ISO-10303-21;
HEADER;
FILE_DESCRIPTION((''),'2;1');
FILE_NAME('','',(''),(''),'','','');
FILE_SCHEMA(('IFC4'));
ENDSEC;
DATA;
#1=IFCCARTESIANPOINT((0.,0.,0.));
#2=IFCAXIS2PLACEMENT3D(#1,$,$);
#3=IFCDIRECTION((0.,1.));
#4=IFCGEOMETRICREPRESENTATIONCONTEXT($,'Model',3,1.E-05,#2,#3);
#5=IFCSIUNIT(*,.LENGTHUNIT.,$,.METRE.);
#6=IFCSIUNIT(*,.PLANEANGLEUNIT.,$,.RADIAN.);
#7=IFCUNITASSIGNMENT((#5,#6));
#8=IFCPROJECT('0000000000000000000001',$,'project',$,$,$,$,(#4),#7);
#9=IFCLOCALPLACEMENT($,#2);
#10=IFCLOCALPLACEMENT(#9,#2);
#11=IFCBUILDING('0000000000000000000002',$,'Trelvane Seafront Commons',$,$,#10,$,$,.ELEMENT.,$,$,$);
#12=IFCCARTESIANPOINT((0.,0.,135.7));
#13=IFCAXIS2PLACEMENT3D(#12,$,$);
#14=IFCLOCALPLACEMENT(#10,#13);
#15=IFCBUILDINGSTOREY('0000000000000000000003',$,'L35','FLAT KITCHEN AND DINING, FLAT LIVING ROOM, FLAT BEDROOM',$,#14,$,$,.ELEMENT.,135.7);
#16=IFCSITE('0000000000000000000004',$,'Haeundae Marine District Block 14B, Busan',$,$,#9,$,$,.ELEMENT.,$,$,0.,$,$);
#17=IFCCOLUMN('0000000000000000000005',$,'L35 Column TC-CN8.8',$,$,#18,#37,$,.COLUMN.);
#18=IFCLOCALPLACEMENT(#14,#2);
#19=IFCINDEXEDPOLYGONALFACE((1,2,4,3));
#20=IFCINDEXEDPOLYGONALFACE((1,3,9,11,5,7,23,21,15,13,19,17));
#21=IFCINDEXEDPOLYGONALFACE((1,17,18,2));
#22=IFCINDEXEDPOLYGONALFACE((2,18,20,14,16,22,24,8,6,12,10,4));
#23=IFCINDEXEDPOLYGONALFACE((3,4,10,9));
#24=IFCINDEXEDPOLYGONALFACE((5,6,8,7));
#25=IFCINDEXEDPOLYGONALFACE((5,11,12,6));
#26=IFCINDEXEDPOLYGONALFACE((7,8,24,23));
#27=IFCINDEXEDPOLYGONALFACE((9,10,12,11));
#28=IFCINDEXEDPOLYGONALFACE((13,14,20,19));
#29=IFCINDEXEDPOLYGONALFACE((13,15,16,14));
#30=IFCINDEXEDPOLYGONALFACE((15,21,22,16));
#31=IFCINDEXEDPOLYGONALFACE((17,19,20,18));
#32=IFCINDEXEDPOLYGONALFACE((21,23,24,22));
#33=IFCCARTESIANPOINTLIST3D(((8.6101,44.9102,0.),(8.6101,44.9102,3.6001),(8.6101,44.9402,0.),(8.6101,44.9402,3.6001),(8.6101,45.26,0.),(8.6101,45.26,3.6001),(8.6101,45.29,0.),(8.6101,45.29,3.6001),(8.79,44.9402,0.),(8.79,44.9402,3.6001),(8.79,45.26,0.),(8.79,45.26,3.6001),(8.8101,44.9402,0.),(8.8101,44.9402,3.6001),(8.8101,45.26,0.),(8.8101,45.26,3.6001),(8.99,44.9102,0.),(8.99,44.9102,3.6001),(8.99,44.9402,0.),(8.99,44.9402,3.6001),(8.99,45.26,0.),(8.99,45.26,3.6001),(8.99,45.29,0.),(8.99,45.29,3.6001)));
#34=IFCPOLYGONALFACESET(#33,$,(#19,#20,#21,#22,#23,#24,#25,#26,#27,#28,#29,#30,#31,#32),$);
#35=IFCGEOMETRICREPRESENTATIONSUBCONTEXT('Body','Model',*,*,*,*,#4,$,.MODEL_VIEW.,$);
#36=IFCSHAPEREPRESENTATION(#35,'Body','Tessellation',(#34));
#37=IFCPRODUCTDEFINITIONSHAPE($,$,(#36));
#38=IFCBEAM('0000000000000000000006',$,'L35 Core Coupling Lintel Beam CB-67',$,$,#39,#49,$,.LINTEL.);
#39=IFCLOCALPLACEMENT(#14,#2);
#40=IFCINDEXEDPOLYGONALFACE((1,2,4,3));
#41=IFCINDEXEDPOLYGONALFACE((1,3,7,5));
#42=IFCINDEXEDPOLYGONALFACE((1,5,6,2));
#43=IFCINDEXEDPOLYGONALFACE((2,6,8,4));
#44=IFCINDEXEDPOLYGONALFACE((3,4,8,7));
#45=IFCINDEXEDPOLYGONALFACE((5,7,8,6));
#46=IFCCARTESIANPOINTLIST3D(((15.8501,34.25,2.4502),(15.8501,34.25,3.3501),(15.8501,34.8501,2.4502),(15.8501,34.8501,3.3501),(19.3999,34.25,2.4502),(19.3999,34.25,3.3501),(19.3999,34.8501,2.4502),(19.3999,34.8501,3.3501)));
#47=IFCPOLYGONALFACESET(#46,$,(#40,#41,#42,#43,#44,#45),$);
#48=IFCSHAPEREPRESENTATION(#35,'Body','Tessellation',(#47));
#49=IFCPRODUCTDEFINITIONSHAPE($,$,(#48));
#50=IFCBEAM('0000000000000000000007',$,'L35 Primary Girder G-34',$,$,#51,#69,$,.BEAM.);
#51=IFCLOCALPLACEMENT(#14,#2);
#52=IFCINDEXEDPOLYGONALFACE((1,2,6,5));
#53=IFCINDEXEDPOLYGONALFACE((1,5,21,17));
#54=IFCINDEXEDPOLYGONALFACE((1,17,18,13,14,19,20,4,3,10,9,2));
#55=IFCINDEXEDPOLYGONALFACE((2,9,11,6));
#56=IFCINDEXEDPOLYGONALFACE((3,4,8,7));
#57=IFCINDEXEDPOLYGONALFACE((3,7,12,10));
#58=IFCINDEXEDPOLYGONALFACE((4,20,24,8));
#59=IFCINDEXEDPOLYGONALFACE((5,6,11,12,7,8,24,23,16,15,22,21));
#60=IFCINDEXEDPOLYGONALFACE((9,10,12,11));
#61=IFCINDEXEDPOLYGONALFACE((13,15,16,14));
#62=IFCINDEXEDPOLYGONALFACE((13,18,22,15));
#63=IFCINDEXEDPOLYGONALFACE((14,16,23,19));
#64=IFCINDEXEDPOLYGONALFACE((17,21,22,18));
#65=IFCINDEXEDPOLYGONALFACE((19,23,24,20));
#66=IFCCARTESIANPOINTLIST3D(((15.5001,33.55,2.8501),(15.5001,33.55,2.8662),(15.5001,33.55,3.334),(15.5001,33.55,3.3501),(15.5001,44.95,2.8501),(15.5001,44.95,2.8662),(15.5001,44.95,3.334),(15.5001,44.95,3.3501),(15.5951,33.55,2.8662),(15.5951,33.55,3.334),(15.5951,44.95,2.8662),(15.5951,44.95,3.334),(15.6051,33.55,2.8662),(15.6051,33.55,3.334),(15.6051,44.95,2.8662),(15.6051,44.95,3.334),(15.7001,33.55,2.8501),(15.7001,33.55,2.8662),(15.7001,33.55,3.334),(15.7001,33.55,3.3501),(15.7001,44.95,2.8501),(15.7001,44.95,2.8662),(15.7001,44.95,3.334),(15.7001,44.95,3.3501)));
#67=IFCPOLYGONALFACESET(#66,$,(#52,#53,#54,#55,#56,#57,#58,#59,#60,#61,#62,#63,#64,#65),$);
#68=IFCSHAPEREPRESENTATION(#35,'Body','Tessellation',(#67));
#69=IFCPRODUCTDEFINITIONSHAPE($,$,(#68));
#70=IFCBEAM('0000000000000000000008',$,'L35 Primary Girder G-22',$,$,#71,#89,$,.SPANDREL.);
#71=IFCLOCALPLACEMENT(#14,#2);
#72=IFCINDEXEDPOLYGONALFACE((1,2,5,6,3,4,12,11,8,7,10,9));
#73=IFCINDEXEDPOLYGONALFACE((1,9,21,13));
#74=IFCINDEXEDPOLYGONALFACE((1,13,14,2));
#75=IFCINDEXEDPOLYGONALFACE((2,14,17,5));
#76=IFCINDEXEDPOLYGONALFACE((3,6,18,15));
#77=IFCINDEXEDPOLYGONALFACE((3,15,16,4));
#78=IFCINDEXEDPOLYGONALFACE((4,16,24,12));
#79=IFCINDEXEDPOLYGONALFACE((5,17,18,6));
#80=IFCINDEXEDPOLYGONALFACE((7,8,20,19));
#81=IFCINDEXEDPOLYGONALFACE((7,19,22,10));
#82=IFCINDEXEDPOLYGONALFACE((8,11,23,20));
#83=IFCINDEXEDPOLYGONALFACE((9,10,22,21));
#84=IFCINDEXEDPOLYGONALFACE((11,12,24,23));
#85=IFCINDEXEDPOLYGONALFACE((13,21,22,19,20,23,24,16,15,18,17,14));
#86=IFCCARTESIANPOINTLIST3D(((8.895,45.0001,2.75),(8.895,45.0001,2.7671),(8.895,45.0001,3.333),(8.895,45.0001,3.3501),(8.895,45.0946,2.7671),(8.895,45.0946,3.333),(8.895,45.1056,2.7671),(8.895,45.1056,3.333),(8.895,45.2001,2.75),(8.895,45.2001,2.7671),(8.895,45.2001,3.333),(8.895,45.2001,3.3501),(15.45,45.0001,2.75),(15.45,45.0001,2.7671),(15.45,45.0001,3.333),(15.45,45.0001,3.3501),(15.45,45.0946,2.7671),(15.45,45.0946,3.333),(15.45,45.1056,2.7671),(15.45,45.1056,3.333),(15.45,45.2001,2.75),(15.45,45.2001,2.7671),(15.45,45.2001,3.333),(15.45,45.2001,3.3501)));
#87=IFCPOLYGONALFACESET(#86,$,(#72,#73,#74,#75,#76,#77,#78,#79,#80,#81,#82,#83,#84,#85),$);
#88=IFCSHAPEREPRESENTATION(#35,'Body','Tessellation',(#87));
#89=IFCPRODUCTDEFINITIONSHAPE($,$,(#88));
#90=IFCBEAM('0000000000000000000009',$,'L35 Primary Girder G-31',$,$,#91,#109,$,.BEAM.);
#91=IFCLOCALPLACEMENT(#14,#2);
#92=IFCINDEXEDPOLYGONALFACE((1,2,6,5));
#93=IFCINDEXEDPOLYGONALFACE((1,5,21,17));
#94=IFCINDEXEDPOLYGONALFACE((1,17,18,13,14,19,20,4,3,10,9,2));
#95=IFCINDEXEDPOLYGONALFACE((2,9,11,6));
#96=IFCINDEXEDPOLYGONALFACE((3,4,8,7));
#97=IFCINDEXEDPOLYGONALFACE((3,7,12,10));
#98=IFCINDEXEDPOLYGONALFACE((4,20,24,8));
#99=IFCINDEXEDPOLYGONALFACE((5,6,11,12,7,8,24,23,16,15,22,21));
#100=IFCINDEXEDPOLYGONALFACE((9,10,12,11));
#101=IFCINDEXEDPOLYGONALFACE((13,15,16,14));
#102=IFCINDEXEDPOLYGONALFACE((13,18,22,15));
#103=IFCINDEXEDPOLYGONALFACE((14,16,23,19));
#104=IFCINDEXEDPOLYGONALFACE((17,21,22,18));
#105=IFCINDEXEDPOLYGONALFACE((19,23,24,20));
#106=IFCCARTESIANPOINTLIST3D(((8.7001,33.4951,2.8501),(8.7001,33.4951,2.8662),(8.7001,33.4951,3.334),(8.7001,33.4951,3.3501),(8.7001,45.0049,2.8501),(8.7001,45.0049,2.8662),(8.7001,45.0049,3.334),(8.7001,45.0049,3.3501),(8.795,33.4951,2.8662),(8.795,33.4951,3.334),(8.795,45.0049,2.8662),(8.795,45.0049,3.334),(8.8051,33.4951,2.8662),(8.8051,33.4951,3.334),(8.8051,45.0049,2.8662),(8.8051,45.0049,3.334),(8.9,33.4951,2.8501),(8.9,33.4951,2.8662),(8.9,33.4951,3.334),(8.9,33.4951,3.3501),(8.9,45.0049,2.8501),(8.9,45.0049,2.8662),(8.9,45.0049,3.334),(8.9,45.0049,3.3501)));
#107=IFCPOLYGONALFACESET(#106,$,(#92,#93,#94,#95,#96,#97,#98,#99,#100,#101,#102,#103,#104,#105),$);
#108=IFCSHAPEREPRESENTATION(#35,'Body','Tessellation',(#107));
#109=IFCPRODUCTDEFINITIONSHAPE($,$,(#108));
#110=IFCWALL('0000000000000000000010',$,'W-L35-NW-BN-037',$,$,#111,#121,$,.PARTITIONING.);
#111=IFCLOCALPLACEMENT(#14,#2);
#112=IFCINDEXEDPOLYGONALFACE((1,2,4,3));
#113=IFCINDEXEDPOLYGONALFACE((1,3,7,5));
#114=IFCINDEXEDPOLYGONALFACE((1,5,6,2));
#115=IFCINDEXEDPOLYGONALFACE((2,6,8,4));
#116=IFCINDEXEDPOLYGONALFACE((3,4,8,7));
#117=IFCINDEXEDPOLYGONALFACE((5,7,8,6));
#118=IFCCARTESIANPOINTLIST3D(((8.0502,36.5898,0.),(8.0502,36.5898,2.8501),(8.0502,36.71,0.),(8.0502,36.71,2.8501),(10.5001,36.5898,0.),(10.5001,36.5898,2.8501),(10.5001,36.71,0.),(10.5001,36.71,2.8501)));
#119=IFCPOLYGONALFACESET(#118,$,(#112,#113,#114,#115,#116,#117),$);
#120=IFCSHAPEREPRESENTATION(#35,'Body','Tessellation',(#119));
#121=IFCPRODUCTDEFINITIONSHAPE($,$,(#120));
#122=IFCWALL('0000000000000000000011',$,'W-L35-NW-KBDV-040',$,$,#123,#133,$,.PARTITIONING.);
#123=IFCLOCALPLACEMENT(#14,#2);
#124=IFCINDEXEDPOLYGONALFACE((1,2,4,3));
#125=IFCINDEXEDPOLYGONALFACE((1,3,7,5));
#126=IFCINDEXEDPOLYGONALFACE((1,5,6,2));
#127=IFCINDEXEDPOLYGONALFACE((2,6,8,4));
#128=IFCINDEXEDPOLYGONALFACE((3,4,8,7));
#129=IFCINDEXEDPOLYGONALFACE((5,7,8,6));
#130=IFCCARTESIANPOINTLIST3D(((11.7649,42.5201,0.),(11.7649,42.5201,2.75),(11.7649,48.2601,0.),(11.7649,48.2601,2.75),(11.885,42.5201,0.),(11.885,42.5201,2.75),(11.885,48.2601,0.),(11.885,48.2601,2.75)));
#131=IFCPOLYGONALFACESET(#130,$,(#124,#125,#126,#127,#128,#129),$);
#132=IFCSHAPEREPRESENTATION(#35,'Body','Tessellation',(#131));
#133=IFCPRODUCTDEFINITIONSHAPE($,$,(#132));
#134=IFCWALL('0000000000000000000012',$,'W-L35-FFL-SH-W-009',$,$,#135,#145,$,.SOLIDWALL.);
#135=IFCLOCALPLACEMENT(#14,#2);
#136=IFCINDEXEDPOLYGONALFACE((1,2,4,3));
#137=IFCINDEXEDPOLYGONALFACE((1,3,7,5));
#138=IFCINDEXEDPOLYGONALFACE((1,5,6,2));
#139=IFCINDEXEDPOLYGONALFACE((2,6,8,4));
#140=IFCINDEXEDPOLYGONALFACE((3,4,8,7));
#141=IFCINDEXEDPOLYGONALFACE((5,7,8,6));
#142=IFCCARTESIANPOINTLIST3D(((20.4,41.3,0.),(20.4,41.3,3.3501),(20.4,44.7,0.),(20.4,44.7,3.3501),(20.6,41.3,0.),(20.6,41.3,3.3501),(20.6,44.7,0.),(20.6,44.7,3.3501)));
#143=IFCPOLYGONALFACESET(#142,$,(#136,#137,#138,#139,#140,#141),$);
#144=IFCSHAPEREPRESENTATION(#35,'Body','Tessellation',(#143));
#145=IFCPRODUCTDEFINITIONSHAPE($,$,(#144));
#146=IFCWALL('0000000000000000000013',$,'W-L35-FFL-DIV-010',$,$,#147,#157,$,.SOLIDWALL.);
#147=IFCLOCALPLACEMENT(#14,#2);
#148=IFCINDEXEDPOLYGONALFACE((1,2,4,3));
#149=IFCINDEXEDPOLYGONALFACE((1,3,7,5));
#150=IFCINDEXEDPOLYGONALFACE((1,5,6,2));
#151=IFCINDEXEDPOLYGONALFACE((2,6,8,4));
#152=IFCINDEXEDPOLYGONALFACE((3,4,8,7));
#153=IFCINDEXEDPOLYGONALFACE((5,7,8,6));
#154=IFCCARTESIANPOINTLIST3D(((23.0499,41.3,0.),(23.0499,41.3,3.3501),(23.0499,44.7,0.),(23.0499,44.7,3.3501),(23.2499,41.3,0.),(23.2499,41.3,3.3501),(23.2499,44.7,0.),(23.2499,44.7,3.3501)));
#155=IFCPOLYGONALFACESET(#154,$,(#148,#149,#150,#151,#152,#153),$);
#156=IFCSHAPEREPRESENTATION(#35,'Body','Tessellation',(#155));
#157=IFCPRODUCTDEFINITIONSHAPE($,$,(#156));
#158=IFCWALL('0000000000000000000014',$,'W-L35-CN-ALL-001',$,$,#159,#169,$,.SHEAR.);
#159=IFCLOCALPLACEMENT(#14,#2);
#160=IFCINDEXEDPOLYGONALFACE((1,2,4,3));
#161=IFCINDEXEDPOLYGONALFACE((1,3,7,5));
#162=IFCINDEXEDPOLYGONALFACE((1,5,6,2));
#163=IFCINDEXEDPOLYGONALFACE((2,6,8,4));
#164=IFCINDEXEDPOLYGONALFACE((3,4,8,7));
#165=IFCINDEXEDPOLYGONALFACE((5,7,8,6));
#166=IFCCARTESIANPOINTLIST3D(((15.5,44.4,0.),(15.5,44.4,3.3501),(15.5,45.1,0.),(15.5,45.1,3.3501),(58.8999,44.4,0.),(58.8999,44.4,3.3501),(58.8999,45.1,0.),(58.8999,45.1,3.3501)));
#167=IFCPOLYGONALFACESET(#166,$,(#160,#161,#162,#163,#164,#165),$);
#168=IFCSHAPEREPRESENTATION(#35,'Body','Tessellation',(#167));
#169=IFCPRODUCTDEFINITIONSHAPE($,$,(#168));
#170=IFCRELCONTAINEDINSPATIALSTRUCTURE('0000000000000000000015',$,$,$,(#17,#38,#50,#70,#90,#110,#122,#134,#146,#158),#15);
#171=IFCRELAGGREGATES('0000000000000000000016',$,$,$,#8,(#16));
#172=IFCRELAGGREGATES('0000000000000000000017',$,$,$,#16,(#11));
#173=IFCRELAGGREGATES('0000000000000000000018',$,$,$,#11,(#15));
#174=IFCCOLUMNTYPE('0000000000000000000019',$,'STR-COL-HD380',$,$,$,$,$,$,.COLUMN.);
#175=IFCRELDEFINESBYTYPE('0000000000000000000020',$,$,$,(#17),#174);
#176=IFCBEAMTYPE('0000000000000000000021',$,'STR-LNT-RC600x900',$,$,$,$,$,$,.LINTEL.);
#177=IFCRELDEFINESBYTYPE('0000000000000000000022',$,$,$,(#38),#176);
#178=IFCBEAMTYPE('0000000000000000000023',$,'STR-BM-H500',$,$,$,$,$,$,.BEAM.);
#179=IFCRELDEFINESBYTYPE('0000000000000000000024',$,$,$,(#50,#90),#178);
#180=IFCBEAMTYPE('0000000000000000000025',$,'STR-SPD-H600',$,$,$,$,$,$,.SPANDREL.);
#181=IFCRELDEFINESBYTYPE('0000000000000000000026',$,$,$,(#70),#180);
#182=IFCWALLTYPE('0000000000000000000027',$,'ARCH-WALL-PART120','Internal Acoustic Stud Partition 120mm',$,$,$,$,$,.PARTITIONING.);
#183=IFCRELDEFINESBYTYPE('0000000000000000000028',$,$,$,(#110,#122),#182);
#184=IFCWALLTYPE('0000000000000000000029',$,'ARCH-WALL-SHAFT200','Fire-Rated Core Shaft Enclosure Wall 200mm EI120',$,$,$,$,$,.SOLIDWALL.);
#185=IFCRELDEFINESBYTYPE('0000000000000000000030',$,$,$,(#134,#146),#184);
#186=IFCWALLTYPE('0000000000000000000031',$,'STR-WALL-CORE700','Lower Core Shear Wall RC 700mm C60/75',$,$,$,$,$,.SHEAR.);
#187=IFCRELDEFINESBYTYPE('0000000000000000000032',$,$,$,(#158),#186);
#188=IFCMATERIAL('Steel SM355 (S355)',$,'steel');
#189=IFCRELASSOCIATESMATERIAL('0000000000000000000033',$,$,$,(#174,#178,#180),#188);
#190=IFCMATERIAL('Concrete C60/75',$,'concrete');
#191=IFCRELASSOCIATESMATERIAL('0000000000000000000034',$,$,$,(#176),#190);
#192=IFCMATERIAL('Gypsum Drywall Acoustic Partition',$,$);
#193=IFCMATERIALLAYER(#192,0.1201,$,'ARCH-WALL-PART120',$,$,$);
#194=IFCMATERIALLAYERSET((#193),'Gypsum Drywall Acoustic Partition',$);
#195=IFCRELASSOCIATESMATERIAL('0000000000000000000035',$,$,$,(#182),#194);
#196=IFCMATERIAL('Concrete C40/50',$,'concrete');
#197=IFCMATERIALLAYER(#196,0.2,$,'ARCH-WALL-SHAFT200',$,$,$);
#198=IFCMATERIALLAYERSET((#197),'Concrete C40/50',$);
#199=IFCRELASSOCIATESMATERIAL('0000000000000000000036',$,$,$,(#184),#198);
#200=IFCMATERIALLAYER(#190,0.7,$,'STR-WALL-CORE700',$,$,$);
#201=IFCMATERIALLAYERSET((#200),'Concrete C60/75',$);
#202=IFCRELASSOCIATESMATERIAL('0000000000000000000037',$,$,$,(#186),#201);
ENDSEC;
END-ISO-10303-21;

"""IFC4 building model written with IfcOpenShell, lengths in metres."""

from ifc_helpers import new_model, si_unit, direction, frame, frame_2d, origin, origin_2d, place, context, subcontext, project, spatial, rectangle, i_section, extrude, source, transform, mapped, material, layer, layer_set, material_profile, profile_set, type_object, element, save


model = new_model("IFC4")

# Units and contexts
model_context = context("Model", 3, precision=1e-05, world=origin(), true_north=direction((0.0, 1.0)))
body_context = subcontext(model_context, "Body", "Model", "MODEL_VIEW")
ifc_project = project(units=[si_unit("LENGTHUNIT", "METRE"), si_unit("PLANEANGLEUNIT", "RADIAN")], contexts=[model_context])

# Site, building, storey
site_placement = place(None, origin())
site = spatial("IfcSite", under=ifc_project, at=site_placement, Name="Haeundae Marine District Block 14B, Busan", CompositionType="ELEMENT", RefElevation=0.0)
building_placement = place(site_placement, origin())
building = spatial("IfcBuilding", under=site, at=building_placement, Name="Trelvane Seafront Commons", CompositionType="ELEMENT")
storey_placement = place(building_placement, frame((0.0, 0.0, 135.7)))
storey = spatial("IfcBuildingStorey", under=building, at=storey_placement, Name="L35", Description="FLAT KITCHEN AND DINING, FLAT LIVING ROOM, FLAT BEDROOM", CompositionType="ELEMENT", Elevation=135.7)

# Column
ifc_material_1 = material(Name="Steel SM355 (S355)", Category="steel")
ifc_material_profile_1 = material_profile(ifc_material_1, i_section(OverallWidth=0.3799, OverallDepth=0.3799, WebThickness=0.02, FlangeThickness=0.03, at=origin_2d()), Name="HD-380x380x20x30")
ifc_profile_set_1 = profile_set([ifc_material_profile_1], Name="Steel SM355 (S355)")
column_type = type_object("IfcColumnType", Name="STR-COL-HD380", PredefinedType="COLUMN", material=ifc_profile_set_1)
shared_shape_1 = source(origin(), body_context, "Body", "SweptSolid", [
    extrude(i_section(OverallWidth=0.3799, OverallDepth=0.3799, WebThickness=0.02, FlangeThickness=0.03, at=origin_2d()), origin(), (0.0, 0.0, 1.0), 3.6001),
])
column_placement = place(storey_placement, frame((8.8, 45.1001, 0.0), z_axis=(0.0, 0.0, 1.0), x_axis=(1.0, 0.0, 0.0)))
element("IfcColumn", 1, at=column_placement, inside=storey, type_object=column_type, Name="L35 Column TC-CN8.8", PredefinedType="COLUMN", context=body_context, shape_type="MappedRepresentation", body=[
    mapped(shared_shape_1, transform((0.0, 0.0, 0.0), x_axis=(1.0, 0.0, 0.0), y_axis=(0.0, 1.0, 0.0), z_axis=(0.0, 0.0, 1.0), scale=1.0)),
])

# Beams
ifc_material_2 = material(Name="Concrete C60/75", Category="concrete")
ifc_material_profile_2 = material_profile(ifc_material_2, rectangle(XDim=0.6001, YDim=0.8999, at=origin_2d()), Name="RC-600x900")
ifc_profile_set_2 = profile_set([ifc_material_profile_2], Name="Concrete C60/75")
beam_type_1 = type_object("IfcBeamType", Name="STR-LNT-RC600x900", PredefinedType="LINTEL", material=ifc_profile_set_2)
shared_shape_2 = source(origin(), body_context, "Body", "SweptSolid", [
    extrude(rectangle(XDim=0.6001, YDim=0.8999, at=origin_2d()), origin(), (0.0, 0.0, 1.0), 3.5498),
])
beam_1_placement = place(storey_placement, frame((15.8501, 34.55, 2.9001), z_axis=(1.0, 0.0, 0.0), x_axis=(0.0, 1.0, 0.0)))
element("IfcBeam", 2, at=beam_1_placement, inside=storey, type_object=beam_type_1, Name="L35 Core Coupling Lintel Beam CB-67", PredefinedType="LINTEL", context=body_context, shape_type="MappedRepresentation", body=[
    mapped(shared_shape_2, transform((0.0, 0.0, 0.0), x_axis=(1.0, 0.0, 0.0), y_axis=(0.0, 1.0, 0.0), z_axis=(0.0, 0.0, 1.0), scale=1.0)),
])
ifc_material_profile_3 = material_profile(ifc_material_1, i_section(OverallWidth=0.2, OverallDepth=0.5, WebThickness=0.01, FlangeThickness=0.0161, at=origin_2d()), Name="H-500x200x10x16")
ifc_profile_set_3 = profile_set([ifc_material_profile_3], Name="Steel SM355 (S355)")
beam_type_2 = type_object("IfcBeamType", Name="STR-BM-H500", PredefinedType="BEAM", material=ifc_profile_set_3)
shared_shape_3 = source(origin(), body_context, "Body", "SweptSolid", [
    extrude(i_section(OverallWidth=0.2, OverallDepth=0.5, WebThickness=0.01, FlangeThickness=0.0161, at=origin_2d()), origin(), (0.0, 0.0, 1.0), 11.3999),
])
beam_2_placement = place(storey_placement, frame((15.6001, 33.55, 3.1001), z_axis=(0.0, 1.0, 0.0), x_axis=(-1.0, 0.0, 0.0)))
element("IfcBeam", 3, at=beam_2_placement, inside=storey, type_object=beam_type_2, Name="L35 Primary Girder G-34", PredefinedType="BEAM", context=body_context, shape_type="MappedRepresentation", body=[
    mapped(shared_shape_3, transform((0.0, 0.0, 0.0), x_axis=(1.0, 0.0, 0.0), y_axis=(0.0, 1.0, 0.0), z_axis=(0.0, 0.0, 1.0), scale=1.0)),
])
ifc_material_profile_4 = material_profile(ifc_material_1, i_section(OverallWidth=0.2, OverallDepth=0.6001, WebThickness=0.011, FlangeThickness=0.0171, at=origin_2d()), Name="H-600x200x11x17")
ifc_profile_set_4 = profile_set([ifc_material_profile_4], Name="Steel SM355 (S355)")
beam_type_3 = type_object("IfcBeamType", Name="STR-SPD-H600", PredefinedType="SPANDREL", material=ifc_profile_set_4)
shared_shape_4 = source(origin(), body_context, "Body", "SweptSolid", [
    extrude(i_section(OverallWidth=0.2, OverallDepth=0.6001, WebThickness=0.011, FlangeThickness=0.0171, at=origin_2d()), origin(), (0.0, 0.0, 1.0), 6.5549),
])
beam_3_placement = place(storey_placement, frame((8.895, 45.1001, 3.05), z_axis=(1.0, 0.0, 0.0), x_axis=(0.0, 1.0, 0.0)))
element("IfcBeam", 4, at=beam_3_placement, inside=storey, type_object=beam_type_3, Name="L35 Primary Girder G-22", PredefinedType="SPANDREL", context=body_context, shape_type="MappedRepresentation", body=[
    mapped(shared_shape_4, transform((0.0, 0.0, 0.0), x_axis=(1.0, 0.0, 0.0), y_axis=(0.0, 1.0, 0.0), z_axis=(0.0, 0.0, 1.0), scale=1.0)),
])
shared_shape_5 = source(origin(), body_context, "Body", "SweptSolid", [
    extrude(i_section(OverallWidth=0.2, OverallDepth=0.5, WebThickness=0.01, FlangeThickness=0.0161, at=origin_2d()), origin(), (0.0, 0.0, 1.0), 11.5098),
])
beam_4_placement = place(storey_placement, frame((8.8, 33.4951, 3.1001), z_axis=(0.0, 1.0, 0.0), x_axis=(-1.0, 0.0, 0.0)))
element("IfcBeam", 5, at=beam_4_placement, inside=storey, type_object=beam_type_2, Name="L35 Primary Girder G-31", PredefinedType="BEAM", context=body_context, shape_type="MappedRepresentation", body=[
    mapped(shared_shape_5, transform((0.0, 0.0, 0.0), x_axis=(1.0, 0.0, 0.0), y_axis=(0.0, 1.0, 0.0), z_axis=(0.0, 0.0, 1.0), scale=1.0)),
])

# Wall
ifc_material_3 = material(Name="Gypsum Drywall Acoustic Partition")
ifc_layer_1 = layer(ifc_material_3, 0.1201, Name="ARCH-WALL-PART120")
ifc_layer_set_1 = layer_set([ifc_layer_1], Name="Gypsum Drywall Acoustic Partition")
wall_type_1 = type_object("IfcWallType", Name="ARCH-WALL-PART120", Description="Internal Acoustic Stud Partition 120mm", PredefinedType="PARTITIONING", material=ifc_layer_set_1)
wall_1_placement = place(storey_placement, frame((8.05, 36.6499, 0.0), z_axis=(0.0, 0.0, 1.0), x_axis=(1.0, 0.0, 0.0)))
element("IfcWall", 6, at=wall_1_placement, inside=storey, type_object=wall_type_1, Name="W-L35-NW-BN-037", PredefinedType="PARTITIONING", context=body_context, shape_type="SweptSolid", body=[
    extrude(rectangle(XDim=2.45, YDim=0.1201, at=frame_2d((1.2251, 0.0))), origin(), (0.0, 0.0, 1.0), 2.8501),
])

# Wall
wall_2_placement = place(storey_placement, frame((11.825, 42.52, 0.0), z_axis=(0.0, 0.0, 1.0), x_axis=(0.0, 1.0, 0.0)))
element("IfcWall", 7, at=wall_2_placement, inside=storey, type_object=wall_type_1, Name="W-L35-NW-KBDV-040", PredefinedType="PARTITIONING", context=body_context, shape_type="SweptSolid", body=[
    extrude(rectangle(XDim=5.74, YDim=0.1201, at=frame_2d((2.8701, 0.0))), origin(), (0.0, 0.0, 1.0), 2.75),
])

# Shared definitions
ifc_material_4 = material(Name="Concrete C40/50", Category="concrete")
ifc_layer_2 = layer(ifc_material_4, 0.2, Name="ARCH-WALL-SHAFT200")
ifc_layer_set_2 = layer_set([ifc_layer_2], Name="Concrete C40/50")
wall_type_2 = type_object("IfcWallType", Name="ARCH-WALL-SHAFT200", Description="Fire-Rated Core Shaft Enclosure Wall 200mm EI120", PredefinedType="SOLIDWALL", material=ifc_layer_set_2)

# Walls
for number, where, z_axis, x_axis, name in (
    (8, (20.5, 41.3, 0.0), (0.0, 0.0, 1.0), (0.0, 1.0, 0.0), "W-L35-FFL-SH-W-009"),
    (9, (23.1499, 41.3, 0.0), (0.0, 0.0, 1.0), (0.0, 1.0, 0.0), "W-L35-FFL-DIV-010"),
):
    element("IfcWall", number, at=place(storey_placement, frame(where, z_axis=z_axis, x_axis=x_axis)), inside=storey, type_object=wall_type_2, Name=name, PredefinedType="SOLIDWALL", context=body_context, shape_type="SweptSolid", body=[
        extrude(rectangle(XDim=3.3999, YDim=0.2, at=frame_2d((1.7, 0.0))), origin(), (0.0, 0.0, 1.0), 3.3501),
    ])
ifc_layer_3 = layer(ifc_material_2, 0.7, Name="STR-WALL-CORE700")
ifc_layer_set_3 = layer_set([ifc_layer_3], Name="Concrete C60/75")
wall_type_3 = type_object("IfcWallType", Name="STR-WALL-CORE700", Description="Lower Core Shear Wall RC 700mm C60/75", PredefinedType="SHEAR", material=ifc_layer_set_3)
wall_3_placement = place(storey_placement, frame((15.5, 44.75, 0.0), z_axis=(0.0, 0.0, 1.0), x_axis=(1.0, 0.0, 0.0)))
element("IfcWall", 10, at=wall_3_placement, inside=storey, type_object=wall_type_3, Name="W-L35-CN-ALL-001", PredefinedType="SHEAR", context=body_context, shape_type="SweptSolid", body=[
    extrude(rectangle(XDim=43.3999, YDim=0.7, at=frame_2d((21.7, 0.0))), origin(), (0.0, 0.0, 1.0), 3.3501),
])

save(model, "model.ifc")
